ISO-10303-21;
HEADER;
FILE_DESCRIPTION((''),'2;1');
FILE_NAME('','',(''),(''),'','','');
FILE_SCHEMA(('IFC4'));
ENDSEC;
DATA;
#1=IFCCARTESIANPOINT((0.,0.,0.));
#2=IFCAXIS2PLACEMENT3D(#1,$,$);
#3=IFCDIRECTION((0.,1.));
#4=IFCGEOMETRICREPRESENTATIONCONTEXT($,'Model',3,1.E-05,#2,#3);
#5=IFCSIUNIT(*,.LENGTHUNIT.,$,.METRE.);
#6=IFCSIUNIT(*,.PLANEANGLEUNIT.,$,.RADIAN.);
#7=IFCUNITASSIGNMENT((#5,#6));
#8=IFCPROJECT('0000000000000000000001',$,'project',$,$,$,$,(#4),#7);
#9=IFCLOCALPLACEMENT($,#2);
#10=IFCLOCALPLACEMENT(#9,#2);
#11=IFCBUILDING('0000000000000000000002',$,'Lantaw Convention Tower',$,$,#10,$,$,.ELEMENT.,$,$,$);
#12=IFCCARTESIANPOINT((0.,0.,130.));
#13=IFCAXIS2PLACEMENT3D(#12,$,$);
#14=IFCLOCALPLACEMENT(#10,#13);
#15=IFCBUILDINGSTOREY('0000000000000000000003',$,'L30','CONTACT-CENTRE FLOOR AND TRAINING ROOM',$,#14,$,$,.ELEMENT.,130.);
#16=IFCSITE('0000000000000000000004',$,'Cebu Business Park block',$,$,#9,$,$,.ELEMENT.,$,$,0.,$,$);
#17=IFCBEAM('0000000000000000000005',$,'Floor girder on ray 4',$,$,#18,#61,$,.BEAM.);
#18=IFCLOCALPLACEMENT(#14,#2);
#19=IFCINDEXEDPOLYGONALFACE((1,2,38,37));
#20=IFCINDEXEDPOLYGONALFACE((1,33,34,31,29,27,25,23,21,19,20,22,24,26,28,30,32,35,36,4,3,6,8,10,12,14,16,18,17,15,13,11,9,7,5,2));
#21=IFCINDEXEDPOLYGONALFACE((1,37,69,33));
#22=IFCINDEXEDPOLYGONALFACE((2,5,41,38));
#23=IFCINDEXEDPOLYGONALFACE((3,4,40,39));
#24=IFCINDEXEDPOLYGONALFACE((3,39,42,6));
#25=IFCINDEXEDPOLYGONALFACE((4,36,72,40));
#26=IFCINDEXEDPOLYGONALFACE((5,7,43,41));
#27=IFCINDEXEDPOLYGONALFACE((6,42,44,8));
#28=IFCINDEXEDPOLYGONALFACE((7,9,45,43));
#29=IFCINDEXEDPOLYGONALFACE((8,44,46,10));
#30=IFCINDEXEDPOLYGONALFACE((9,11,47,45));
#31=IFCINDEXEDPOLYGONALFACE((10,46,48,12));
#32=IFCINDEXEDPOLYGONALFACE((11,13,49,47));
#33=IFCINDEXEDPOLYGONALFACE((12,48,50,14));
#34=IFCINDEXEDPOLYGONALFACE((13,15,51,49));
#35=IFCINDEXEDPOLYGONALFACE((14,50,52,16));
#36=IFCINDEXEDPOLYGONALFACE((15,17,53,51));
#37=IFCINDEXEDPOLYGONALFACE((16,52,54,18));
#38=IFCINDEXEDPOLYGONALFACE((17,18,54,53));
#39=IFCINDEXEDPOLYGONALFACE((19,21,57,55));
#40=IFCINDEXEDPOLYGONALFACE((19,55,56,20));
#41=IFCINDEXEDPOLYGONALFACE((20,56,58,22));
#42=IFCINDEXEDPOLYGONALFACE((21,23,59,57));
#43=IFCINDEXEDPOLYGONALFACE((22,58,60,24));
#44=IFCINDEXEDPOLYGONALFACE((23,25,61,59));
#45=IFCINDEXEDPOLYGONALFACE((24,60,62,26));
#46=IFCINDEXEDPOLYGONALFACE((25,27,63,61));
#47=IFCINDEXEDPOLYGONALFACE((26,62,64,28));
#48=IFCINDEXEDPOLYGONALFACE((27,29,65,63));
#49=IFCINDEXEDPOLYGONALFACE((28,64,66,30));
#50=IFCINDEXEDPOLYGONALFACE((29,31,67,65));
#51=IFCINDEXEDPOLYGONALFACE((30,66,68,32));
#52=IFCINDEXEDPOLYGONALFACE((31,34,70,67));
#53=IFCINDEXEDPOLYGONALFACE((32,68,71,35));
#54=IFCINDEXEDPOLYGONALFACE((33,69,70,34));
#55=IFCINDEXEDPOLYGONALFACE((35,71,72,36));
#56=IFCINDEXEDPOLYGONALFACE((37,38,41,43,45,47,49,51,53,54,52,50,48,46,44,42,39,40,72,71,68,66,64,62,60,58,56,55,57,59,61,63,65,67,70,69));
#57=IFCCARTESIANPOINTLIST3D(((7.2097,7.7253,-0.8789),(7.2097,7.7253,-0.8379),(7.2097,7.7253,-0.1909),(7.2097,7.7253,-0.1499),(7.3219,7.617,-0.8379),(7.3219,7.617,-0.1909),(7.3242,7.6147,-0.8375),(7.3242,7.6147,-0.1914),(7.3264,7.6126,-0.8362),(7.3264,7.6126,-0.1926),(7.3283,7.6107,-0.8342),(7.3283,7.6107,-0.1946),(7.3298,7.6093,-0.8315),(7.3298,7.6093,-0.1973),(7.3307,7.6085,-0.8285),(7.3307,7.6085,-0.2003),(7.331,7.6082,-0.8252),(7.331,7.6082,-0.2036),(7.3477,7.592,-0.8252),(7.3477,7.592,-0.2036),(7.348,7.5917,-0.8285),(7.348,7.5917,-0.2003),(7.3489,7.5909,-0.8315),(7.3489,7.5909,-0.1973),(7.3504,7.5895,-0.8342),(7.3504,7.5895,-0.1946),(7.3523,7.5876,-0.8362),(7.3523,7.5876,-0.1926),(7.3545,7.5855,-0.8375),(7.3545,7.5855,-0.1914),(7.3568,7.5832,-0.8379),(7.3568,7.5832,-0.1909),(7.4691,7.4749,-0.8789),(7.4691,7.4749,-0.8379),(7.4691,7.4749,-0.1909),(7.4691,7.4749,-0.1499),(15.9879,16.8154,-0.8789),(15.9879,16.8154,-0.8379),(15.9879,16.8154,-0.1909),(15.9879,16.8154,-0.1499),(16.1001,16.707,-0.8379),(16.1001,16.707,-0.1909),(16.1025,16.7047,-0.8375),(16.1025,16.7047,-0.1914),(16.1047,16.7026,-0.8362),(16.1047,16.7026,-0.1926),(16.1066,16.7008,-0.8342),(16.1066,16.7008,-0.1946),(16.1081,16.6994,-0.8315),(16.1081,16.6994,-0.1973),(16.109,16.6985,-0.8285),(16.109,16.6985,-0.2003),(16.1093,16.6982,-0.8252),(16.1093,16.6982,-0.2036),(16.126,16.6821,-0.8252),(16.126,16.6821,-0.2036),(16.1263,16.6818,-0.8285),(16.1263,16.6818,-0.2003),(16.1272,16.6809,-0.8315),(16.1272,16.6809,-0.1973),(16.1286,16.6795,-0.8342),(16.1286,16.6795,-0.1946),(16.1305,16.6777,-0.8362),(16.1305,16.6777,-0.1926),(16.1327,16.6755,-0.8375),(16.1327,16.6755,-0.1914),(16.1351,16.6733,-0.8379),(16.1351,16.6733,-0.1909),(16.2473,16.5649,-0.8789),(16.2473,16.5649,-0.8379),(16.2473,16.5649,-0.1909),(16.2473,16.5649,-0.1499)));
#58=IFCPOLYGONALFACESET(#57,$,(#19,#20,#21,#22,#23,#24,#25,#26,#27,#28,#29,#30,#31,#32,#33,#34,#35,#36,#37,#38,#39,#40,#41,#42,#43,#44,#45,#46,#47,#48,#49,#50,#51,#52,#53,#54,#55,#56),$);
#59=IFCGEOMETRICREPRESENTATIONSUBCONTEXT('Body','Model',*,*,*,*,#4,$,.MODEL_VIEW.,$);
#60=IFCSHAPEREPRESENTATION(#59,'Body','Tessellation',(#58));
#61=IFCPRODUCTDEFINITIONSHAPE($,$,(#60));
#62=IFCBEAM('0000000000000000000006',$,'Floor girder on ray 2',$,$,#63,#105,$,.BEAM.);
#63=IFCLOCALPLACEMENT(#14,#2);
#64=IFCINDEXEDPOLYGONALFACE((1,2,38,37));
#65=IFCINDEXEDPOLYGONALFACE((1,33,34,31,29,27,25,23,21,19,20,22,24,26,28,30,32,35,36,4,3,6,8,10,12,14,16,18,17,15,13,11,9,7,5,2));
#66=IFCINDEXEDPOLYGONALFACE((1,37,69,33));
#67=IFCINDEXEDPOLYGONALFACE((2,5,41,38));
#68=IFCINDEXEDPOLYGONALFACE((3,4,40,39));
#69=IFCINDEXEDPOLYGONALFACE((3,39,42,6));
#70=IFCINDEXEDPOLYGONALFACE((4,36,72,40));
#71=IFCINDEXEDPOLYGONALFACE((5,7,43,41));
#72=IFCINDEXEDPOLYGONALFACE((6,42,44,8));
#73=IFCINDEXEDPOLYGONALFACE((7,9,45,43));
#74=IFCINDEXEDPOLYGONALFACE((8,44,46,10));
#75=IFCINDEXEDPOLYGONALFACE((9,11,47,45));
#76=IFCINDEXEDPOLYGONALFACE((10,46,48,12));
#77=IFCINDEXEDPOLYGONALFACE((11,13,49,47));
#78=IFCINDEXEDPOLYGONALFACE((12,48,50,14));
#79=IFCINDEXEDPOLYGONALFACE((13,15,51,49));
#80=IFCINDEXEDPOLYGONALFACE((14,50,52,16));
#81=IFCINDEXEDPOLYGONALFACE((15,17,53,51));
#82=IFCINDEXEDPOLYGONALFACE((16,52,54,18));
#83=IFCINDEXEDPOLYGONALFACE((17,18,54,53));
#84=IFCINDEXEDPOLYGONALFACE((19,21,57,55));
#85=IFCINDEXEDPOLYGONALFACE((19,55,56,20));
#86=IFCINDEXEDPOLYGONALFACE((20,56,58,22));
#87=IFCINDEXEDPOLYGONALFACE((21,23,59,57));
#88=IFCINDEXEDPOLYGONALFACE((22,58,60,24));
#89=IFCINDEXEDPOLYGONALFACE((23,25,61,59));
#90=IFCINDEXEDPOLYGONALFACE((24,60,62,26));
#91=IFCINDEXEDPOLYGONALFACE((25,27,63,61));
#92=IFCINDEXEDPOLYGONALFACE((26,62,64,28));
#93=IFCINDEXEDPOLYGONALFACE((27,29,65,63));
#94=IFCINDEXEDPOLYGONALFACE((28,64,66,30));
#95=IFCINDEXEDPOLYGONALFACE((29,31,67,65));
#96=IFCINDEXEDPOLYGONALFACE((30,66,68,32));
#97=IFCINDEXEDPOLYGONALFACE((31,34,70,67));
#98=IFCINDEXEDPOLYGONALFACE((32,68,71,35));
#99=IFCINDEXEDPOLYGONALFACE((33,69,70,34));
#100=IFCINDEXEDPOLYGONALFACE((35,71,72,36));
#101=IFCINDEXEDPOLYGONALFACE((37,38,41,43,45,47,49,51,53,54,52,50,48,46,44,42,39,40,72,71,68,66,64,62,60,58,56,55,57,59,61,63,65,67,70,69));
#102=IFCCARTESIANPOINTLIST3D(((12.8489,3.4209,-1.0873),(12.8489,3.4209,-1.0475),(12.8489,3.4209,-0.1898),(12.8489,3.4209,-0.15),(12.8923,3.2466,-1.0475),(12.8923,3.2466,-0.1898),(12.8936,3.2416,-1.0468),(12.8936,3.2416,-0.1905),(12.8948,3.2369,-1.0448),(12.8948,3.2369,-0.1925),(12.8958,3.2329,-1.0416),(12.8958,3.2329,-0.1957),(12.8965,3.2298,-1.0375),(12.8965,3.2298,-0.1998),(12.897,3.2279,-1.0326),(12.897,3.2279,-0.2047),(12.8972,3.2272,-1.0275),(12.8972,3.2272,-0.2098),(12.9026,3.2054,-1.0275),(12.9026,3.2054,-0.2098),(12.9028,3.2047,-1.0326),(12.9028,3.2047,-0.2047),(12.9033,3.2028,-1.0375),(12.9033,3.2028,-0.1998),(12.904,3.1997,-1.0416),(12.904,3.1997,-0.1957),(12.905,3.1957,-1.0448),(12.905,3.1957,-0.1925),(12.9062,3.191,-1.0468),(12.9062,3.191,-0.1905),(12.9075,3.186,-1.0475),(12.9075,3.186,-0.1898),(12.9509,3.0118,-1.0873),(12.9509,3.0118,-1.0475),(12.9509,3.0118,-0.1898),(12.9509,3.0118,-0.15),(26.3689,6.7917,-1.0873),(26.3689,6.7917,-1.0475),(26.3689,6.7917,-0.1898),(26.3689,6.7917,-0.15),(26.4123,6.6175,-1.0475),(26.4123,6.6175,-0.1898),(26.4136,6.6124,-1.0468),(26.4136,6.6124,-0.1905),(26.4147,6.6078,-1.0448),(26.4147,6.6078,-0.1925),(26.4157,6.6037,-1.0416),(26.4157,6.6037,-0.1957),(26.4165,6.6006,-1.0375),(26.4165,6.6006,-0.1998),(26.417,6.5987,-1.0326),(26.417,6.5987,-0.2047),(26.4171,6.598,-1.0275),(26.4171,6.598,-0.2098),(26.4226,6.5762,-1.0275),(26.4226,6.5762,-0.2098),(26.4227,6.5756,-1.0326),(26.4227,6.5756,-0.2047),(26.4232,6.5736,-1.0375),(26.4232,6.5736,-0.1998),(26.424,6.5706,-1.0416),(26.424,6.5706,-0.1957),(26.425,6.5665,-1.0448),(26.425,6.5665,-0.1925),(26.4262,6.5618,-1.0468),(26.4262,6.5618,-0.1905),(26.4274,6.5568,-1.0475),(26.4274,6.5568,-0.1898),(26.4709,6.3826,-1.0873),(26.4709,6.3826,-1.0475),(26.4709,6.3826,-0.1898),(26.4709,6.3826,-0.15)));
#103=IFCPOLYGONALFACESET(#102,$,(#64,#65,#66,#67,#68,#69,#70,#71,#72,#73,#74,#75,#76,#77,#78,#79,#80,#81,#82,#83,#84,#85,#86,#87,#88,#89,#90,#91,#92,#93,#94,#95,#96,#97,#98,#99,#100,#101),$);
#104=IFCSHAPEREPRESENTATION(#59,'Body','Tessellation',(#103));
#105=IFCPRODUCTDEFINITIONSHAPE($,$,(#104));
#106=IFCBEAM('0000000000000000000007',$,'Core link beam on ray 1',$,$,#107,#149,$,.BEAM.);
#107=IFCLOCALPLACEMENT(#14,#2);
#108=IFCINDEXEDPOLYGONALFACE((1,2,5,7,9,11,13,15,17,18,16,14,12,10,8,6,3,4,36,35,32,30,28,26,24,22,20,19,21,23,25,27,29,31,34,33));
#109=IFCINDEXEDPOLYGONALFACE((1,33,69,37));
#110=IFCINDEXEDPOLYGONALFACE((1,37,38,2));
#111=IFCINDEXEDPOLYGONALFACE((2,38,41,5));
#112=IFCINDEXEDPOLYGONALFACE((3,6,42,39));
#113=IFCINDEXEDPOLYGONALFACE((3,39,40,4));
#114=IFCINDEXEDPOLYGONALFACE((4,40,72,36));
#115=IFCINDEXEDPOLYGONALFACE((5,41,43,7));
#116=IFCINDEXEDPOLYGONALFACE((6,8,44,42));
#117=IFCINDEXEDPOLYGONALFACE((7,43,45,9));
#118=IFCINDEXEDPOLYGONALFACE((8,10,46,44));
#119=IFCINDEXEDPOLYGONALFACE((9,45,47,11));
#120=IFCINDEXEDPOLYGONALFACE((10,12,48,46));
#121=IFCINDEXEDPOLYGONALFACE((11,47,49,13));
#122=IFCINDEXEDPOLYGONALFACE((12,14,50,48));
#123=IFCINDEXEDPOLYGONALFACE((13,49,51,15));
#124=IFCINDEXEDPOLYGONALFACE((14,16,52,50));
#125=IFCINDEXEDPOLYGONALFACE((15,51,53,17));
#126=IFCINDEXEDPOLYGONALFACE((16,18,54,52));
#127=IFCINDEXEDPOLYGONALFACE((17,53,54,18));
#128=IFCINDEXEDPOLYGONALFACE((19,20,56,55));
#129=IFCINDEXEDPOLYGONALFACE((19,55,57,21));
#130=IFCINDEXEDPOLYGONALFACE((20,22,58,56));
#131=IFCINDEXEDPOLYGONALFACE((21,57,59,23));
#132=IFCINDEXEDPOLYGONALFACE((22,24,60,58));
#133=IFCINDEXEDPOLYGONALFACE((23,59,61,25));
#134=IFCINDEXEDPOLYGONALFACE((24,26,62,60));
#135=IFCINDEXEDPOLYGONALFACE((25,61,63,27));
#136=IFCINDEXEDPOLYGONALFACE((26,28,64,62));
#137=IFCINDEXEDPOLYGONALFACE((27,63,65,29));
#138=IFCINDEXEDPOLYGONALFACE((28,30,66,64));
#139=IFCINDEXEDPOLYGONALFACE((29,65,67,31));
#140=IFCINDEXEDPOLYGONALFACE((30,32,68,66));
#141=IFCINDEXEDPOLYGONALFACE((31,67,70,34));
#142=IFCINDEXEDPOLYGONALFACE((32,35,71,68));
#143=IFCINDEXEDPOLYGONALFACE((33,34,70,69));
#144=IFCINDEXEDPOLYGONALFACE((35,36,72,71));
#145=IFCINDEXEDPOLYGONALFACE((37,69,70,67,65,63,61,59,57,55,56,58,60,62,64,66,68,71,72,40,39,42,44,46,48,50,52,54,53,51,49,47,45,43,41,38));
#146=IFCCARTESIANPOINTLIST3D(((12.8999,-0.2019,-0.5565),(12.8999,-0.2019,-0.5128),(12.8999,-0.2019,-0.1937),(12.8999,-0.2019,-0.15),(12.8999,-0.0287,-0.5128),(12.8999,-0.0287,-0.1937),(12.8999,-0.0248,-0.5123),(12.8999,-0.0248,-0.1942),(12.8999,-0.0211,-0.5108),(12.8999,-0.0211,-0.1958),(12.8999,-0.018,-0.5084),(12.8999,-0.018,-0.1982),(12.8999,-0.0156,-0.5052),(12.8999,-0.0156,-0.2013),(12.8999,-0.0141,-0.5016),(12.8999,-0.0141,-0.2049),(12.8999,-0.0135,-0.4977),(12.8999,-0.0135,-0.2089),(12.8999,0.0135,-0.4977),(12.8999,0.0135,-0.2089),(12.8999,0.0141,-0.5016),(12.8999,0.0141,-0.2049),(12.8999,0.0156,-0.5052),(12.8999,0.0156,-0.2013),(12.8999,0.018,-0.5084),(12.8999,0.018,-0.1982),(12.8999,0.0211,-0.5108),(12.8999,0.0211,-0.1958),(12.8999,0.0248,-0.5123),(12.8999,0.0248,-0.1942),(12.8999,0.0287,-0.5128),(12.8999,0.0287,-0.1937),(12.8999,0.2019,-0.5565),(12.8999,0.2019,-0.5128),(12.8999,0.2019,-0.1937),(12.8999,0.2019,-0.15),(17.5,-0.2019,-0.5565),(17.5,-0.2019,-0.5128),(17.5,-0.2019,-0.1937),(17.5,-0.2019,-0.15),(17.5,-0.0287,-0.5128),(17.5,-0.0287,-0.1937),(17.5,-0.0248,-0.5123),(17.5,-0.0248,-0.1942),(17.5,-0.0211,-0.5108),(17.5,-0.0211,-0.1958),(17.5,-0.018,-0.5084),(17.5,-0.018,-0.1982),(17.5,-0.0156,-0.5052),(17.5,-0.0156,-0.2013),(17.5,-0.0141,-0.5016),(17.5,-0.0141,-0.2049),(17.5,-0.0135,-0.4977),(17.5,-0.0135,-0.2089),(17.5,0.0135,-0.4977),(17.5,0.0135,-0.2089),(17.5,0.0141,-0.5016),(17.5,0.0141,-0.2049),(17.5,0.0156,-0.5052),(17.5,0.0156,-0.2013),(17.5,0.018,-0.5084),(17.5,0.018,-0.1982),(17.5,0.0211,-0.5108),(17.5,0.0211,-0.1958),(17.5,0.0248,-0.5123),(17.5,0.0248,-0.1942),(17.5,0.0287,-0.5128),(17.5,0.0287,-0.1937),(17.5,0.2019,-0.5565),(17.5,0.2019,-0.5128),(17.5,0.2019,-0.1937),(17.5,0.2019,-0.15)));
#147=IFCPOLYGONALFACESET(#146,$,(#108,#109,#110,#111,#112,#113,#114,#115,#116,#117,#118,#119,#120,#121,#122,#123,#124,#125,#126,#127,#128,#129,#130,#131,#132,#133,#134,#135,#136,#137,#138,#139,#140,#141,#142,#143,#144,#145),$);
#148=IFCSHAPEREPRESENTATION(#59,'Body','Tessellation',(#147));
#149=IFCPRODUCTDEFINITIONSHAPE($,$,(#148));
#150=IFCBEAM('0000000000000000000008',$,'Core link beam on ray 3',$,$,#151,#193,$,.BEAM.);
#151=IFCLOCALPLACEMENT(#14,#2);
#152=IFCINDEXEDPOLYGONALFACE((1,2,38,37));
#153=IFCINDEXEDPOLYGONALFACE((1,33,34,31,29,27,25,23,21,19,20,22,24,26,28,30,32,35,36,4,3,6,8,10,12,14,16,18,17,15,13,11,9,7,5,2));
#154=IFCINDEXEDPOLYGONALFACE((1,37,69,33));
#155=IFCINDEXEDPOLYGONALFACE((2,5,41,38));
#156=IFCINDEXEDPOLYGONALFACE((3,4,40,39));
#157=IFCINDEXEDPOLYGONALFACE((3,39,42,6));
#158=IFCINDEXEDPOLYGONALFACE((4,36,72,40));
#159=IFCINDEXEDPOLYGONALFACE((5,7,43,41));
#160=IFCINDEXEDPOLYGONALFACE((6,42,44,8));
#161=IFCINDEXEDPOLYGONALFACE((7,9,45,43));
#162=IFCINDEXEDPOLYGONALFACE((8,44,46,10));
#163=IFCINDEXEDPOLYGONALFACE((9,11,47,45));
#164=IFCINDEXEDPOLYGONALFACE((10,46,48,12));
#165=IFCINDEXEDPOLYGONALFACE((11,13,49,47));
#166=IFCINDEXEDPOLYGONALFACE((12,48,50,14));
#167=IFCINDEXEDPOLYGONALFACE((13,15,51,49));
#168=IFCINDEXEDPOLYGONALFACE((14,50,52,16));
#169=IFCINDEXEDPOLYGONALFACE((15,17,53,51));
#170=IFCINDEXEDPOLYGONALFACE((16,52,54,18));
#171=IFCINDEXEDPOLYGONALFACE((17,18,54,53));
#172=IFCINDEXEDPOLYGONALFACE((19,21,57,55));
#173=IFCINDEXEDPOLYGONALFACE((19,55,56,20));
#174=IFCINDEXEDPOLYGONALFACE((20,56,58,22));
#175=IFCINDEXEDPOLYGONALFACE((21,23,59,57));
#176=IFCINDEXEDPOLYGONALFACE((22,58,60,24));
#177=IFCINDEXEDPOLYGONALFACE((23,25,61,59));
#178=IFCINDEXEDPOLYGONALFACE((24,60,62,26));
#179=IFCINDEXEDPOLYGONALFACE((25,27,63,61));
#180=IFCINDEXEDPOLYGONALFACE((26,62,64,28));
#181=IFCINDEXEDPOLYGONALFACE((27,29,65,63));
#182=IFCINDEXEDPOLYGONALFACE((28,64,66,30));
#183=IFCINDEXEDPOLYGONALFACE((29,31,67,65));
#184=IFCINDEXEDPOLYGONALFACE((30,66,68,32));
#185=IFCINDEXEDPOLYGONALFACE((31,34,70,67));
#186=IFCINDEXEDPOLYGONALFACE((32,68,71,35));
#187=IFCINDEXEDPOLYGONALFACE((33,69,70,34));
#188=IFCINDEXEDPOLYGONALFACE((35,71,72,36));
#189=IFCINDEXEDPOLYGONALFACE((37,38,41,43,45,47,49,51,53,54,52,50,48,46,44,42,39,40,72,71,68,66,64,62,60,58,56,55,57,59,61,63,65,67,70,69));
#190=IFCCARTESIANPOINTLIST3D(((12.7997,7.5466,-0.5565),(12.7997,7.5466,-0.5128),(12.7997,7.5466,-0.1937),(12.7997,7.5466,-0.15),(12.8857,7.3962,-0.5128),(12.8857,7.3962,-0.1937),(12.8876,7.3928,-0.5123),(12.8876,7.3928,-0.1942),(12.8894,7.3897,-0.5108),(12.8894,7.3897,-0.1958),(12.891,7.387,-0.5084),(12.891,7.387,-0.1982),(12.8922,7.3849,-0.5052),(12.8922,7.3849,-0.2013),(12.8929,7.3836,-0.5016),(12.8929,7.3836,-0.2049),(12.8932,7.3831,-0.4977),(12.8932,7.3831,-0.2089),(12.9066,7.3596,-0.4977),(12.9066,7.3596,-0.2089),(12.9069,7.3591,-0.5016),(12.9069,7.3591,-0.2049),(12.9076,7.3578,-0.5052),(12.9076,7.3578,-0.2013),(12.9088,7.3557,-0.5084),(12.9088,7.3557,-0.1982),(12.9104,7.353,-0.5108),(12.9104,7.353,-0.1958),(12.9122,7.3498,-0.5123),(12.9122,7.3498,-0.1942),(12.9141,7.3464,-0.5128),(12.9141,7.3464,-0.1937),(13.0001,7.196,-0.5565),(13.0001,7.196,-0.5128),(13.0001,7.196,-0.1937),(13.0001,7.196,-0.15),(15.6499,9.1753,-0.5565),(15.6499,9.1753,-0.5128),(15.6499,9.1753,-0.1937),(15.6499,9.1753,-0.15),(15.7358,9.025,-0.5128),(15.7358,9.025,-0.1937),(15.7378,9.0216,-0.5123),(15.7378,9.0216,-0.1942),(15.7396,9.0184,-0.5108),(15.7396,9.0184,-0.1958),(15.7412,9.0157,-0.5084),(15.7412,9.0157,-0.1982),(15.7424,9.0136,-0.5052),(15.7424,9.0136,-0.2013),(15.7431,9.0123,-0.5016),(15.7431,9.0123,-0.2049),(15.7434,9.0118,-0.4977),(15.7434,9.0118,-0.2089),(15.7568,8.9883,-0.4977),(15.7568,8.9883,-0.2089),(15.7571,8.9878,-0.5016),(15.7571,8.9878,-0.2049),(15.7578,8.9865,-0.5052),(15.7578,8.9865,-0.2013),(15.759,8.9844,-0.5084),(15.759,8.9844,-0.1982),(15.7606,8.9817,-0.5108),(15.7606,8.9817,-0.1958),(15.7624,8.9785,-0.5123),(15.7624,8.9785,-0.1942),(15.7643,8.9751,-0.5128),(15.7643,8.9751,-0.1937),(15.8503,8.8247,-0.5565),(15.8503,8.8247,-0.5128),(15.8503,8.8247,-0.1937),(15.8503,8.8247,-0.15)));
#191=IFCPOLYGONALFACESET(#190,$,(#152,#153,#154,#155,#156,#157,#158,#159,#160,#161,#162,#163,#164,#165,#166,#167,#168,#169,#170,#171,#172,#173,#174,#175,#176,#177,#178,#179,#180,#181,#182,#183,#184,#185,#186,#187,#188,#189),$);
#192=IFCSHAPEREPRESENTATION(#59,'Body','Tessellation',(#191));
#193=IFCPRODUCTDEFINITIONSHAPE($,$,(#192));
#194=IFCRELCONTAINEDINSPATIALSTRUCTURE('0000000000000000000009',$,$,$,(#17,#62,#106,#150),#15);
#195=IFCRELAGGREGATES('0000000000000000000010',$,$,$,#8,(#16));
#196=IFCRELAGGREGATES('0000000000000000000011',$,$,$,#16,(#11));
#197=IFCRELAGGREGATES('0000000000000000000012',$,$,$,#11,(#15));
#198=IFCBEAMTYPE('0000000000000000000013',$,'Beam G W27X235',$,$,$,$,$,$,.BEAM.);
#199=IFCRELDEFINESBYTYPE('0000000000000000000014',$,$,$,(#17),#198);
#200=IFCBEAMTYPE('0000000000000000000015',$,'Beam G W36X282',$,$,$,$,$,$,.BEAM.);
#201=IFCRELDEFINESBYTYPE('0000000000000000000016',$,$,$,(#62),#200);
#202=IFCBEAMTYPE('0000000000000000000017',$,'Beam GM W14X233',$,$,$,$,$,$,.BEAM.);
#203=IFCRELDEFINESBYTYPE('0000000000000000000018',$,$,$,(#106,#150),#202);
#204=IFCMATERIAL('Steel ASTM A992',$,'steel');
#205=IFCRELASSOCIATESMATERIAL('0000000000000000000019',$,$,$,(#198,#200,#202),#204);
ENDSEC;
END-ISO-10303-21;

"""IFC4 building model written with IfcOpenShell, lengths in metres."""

from ifc_helpers import new_model, si_unit, direction, frame, origin, origin_2d, place, context, subcontext, project, spatial, i_section, extrude, material, material_profile, profile_set, type_object, element, save


model = new_model("IFC4")

# Units and contexts
model_context = context("Model", 3, precision=1e-05, world=origin(), true_north=direction((0.0, 1.0)))
body_context = subcontext(model_context, "Body", "Model", "MODEL_VIEW")
ifc_project = project(units=[si_unit("LENGTHUNIT", "METRE"), si_unit("PLANEANGLEUNIT", "RADIAN")], contexts=[model_context])

# Site, building, storey
site_placement = place(None, origin())
site = spatial("IfcSite", under=ifc_project, at=site_placement, Name="Cebu Business Park block", CompositionType="ELEMENT", RefElevation=0.0)
building_placement = place(site_placement, origin())
building = spatial("IfcBuilding", under=site, at=building_placement, Name="Lantaw Convention Tower", CompositionType="ELEMENT")
storey_placement = place(building_placement, frame((0.0, 0.0, 130.0)))
storey = spatial("IfcBuildingStorey", under=building, at=storey_placement, Name="L30", Description="CONTACT-CENTRE FLOOR AND TRAINING ROOM", CompositionType="ELEMENT", Elevation=130.0)

# Beams
ifc_material_1 = material(Name="Steel ASTM A992", Category="steel")
ifc_material_profile_1 = material_profile(ifc_material_1, i_section(OverallWidth=0.3606, OverallDepth=0.729, WebThickness=0.0232, FlangeThickness=0.041, FilletRadius=0.0127, at=origin_2d()), Name="W27X235")
ifc_profile_set_1 = profile_set([ifc_material_profile_1], Name="Steel ASTM A992")
beam_type_1 = type_object("IfcBeamType", Name="Beam G W27X235", PredefinedType="BEAM", material=ifc_profile_set_1)
beam_1_placement = place(storey_placement, frame((7.3394, 7.6001, -0.5144), z_axis=(0.694663, 0.719335, 0.0), x_axis=(-0.719335, 0.694663, 0.0)))
element("IfcBeam", 1, at=beam_1_placement, inside=storey, type_object=beam_type_1, Name="Floor girder on ray 4", PredefinedType="BEAM", context=body_context, shape_type="SweptSolid", body=[
    extrude(i_section(OverallWidth=0.3606, OverallDepth=0.729, WebThickness=0.0232, FlangeThickness=0.041, FilletRadius=0.0127, at=origin_2d()), origin(), (0.0, 0.0, 1.0), 12.6367),
])
ifc_material_profile_2 = material_profile(ifc_material_1, i_section(OverallWidth=0.4216, OverallDepth=0.9373, WebThickness=0.0225, FlangeThickness=0.0398, FilletRadius=0.02, at=origin_2d()), Name="W36X282")
ifc_profile_set_2 = profile_set([ifc_material_profile_2], Name="Steel ASTM A992")
beam_type_2 = type_object("IfcBeamType", Name="Beam G W36X282", PredefinedType="BEAM", material=ifc_profile_set_2)
beam_2_placement = place(storey_placement, frame((12.8999, 3.2163, -0.6187), z_axis=(0.970297, 0.241917, 0.0), x_axis=(-0.241917, 0.970297, 0.0)))
element("IfcBeam", 2, at=beam_2_placement, inside=storey, type_object=beam_type_2, Name="Floor girder on ray 2", PredefinedType="BEAM", context=body_context, shape_type="SweptSolid", body=[
    extrude(i_section(OverallWidth=0.4216, OverallDepth=0.9373, WebThickness=0.0225, FlangeThickness=0.0398, FilletRadius=0.02, at=origin_2d()), origin(), (0.0, 0.0, 1.0), 13.9338),
])
ifc_material_profile_3 = material_profile(ifc_material_1, i_section(OverallWidth=0.4038, OverallDepth=0.4065, WebThickness=0.0271, FlangeThickness=0.0437, FilletRadius=0.0151, at=origin_2d()), Name="W14X233")
ifc_profile_set_3 = profile_set([ifc_material_profile_3], Name="Steel ASTM A992")
beam_type_3 = type_object("IfcBeamType", Name="Beam GM W14X233", PredefinedType="BEAM", material=ifc_profile_set_3)
beam_3_placement = place(storey_placement, frame((12.8999, 0.0, -0.3533), z_axis=(1.0, 0.0, 0.0), x_axis=(0.0, 1.0, 0.0)))
element("IfcBeam", 3, at=beam_3_placement, inside=storey, type_object=beam_type_3, Name="Core link beam on ray 1", PredefinedType="BEAM", context=body_context, shape_type="SweptSolid", body=[
    extrude(i_section(OverallWidth=0.4038, OverallDepth=0.4065, WebThickness=0.0271, FlangeThickness=0.0437, FilletRadius=0.0151, at=origin_2d()), origin(), (0.0, 0.0, 1.0), 4.6001),
])
beam_4_placement = place(storey_placement, frame((12.8999, 7.3713, -0.3533), z_axis=(0.868239, 0.496147, 0.0), x_axis=(-0.496147, 0.868239, 0.0)))
element("IfcBeam", 4, at=beam_4_placement, inside=storey, type_object=beam_type_3, Name="Core link beam on ray 3", PredefinedType="BEAM", context=body_context, shape_type="SweptSolid", body=[
    extrude(i_section(OverallWidth=0.4038, OverallDepth=0.4065, WebThickness=0.0271, FlangeThickness=0.0437, FilletRadius=0.0151, at=origin_2d()), origin(), (0.0, 0.0, 1.0), 3.2827),
])

save(model, "model.ifc")
